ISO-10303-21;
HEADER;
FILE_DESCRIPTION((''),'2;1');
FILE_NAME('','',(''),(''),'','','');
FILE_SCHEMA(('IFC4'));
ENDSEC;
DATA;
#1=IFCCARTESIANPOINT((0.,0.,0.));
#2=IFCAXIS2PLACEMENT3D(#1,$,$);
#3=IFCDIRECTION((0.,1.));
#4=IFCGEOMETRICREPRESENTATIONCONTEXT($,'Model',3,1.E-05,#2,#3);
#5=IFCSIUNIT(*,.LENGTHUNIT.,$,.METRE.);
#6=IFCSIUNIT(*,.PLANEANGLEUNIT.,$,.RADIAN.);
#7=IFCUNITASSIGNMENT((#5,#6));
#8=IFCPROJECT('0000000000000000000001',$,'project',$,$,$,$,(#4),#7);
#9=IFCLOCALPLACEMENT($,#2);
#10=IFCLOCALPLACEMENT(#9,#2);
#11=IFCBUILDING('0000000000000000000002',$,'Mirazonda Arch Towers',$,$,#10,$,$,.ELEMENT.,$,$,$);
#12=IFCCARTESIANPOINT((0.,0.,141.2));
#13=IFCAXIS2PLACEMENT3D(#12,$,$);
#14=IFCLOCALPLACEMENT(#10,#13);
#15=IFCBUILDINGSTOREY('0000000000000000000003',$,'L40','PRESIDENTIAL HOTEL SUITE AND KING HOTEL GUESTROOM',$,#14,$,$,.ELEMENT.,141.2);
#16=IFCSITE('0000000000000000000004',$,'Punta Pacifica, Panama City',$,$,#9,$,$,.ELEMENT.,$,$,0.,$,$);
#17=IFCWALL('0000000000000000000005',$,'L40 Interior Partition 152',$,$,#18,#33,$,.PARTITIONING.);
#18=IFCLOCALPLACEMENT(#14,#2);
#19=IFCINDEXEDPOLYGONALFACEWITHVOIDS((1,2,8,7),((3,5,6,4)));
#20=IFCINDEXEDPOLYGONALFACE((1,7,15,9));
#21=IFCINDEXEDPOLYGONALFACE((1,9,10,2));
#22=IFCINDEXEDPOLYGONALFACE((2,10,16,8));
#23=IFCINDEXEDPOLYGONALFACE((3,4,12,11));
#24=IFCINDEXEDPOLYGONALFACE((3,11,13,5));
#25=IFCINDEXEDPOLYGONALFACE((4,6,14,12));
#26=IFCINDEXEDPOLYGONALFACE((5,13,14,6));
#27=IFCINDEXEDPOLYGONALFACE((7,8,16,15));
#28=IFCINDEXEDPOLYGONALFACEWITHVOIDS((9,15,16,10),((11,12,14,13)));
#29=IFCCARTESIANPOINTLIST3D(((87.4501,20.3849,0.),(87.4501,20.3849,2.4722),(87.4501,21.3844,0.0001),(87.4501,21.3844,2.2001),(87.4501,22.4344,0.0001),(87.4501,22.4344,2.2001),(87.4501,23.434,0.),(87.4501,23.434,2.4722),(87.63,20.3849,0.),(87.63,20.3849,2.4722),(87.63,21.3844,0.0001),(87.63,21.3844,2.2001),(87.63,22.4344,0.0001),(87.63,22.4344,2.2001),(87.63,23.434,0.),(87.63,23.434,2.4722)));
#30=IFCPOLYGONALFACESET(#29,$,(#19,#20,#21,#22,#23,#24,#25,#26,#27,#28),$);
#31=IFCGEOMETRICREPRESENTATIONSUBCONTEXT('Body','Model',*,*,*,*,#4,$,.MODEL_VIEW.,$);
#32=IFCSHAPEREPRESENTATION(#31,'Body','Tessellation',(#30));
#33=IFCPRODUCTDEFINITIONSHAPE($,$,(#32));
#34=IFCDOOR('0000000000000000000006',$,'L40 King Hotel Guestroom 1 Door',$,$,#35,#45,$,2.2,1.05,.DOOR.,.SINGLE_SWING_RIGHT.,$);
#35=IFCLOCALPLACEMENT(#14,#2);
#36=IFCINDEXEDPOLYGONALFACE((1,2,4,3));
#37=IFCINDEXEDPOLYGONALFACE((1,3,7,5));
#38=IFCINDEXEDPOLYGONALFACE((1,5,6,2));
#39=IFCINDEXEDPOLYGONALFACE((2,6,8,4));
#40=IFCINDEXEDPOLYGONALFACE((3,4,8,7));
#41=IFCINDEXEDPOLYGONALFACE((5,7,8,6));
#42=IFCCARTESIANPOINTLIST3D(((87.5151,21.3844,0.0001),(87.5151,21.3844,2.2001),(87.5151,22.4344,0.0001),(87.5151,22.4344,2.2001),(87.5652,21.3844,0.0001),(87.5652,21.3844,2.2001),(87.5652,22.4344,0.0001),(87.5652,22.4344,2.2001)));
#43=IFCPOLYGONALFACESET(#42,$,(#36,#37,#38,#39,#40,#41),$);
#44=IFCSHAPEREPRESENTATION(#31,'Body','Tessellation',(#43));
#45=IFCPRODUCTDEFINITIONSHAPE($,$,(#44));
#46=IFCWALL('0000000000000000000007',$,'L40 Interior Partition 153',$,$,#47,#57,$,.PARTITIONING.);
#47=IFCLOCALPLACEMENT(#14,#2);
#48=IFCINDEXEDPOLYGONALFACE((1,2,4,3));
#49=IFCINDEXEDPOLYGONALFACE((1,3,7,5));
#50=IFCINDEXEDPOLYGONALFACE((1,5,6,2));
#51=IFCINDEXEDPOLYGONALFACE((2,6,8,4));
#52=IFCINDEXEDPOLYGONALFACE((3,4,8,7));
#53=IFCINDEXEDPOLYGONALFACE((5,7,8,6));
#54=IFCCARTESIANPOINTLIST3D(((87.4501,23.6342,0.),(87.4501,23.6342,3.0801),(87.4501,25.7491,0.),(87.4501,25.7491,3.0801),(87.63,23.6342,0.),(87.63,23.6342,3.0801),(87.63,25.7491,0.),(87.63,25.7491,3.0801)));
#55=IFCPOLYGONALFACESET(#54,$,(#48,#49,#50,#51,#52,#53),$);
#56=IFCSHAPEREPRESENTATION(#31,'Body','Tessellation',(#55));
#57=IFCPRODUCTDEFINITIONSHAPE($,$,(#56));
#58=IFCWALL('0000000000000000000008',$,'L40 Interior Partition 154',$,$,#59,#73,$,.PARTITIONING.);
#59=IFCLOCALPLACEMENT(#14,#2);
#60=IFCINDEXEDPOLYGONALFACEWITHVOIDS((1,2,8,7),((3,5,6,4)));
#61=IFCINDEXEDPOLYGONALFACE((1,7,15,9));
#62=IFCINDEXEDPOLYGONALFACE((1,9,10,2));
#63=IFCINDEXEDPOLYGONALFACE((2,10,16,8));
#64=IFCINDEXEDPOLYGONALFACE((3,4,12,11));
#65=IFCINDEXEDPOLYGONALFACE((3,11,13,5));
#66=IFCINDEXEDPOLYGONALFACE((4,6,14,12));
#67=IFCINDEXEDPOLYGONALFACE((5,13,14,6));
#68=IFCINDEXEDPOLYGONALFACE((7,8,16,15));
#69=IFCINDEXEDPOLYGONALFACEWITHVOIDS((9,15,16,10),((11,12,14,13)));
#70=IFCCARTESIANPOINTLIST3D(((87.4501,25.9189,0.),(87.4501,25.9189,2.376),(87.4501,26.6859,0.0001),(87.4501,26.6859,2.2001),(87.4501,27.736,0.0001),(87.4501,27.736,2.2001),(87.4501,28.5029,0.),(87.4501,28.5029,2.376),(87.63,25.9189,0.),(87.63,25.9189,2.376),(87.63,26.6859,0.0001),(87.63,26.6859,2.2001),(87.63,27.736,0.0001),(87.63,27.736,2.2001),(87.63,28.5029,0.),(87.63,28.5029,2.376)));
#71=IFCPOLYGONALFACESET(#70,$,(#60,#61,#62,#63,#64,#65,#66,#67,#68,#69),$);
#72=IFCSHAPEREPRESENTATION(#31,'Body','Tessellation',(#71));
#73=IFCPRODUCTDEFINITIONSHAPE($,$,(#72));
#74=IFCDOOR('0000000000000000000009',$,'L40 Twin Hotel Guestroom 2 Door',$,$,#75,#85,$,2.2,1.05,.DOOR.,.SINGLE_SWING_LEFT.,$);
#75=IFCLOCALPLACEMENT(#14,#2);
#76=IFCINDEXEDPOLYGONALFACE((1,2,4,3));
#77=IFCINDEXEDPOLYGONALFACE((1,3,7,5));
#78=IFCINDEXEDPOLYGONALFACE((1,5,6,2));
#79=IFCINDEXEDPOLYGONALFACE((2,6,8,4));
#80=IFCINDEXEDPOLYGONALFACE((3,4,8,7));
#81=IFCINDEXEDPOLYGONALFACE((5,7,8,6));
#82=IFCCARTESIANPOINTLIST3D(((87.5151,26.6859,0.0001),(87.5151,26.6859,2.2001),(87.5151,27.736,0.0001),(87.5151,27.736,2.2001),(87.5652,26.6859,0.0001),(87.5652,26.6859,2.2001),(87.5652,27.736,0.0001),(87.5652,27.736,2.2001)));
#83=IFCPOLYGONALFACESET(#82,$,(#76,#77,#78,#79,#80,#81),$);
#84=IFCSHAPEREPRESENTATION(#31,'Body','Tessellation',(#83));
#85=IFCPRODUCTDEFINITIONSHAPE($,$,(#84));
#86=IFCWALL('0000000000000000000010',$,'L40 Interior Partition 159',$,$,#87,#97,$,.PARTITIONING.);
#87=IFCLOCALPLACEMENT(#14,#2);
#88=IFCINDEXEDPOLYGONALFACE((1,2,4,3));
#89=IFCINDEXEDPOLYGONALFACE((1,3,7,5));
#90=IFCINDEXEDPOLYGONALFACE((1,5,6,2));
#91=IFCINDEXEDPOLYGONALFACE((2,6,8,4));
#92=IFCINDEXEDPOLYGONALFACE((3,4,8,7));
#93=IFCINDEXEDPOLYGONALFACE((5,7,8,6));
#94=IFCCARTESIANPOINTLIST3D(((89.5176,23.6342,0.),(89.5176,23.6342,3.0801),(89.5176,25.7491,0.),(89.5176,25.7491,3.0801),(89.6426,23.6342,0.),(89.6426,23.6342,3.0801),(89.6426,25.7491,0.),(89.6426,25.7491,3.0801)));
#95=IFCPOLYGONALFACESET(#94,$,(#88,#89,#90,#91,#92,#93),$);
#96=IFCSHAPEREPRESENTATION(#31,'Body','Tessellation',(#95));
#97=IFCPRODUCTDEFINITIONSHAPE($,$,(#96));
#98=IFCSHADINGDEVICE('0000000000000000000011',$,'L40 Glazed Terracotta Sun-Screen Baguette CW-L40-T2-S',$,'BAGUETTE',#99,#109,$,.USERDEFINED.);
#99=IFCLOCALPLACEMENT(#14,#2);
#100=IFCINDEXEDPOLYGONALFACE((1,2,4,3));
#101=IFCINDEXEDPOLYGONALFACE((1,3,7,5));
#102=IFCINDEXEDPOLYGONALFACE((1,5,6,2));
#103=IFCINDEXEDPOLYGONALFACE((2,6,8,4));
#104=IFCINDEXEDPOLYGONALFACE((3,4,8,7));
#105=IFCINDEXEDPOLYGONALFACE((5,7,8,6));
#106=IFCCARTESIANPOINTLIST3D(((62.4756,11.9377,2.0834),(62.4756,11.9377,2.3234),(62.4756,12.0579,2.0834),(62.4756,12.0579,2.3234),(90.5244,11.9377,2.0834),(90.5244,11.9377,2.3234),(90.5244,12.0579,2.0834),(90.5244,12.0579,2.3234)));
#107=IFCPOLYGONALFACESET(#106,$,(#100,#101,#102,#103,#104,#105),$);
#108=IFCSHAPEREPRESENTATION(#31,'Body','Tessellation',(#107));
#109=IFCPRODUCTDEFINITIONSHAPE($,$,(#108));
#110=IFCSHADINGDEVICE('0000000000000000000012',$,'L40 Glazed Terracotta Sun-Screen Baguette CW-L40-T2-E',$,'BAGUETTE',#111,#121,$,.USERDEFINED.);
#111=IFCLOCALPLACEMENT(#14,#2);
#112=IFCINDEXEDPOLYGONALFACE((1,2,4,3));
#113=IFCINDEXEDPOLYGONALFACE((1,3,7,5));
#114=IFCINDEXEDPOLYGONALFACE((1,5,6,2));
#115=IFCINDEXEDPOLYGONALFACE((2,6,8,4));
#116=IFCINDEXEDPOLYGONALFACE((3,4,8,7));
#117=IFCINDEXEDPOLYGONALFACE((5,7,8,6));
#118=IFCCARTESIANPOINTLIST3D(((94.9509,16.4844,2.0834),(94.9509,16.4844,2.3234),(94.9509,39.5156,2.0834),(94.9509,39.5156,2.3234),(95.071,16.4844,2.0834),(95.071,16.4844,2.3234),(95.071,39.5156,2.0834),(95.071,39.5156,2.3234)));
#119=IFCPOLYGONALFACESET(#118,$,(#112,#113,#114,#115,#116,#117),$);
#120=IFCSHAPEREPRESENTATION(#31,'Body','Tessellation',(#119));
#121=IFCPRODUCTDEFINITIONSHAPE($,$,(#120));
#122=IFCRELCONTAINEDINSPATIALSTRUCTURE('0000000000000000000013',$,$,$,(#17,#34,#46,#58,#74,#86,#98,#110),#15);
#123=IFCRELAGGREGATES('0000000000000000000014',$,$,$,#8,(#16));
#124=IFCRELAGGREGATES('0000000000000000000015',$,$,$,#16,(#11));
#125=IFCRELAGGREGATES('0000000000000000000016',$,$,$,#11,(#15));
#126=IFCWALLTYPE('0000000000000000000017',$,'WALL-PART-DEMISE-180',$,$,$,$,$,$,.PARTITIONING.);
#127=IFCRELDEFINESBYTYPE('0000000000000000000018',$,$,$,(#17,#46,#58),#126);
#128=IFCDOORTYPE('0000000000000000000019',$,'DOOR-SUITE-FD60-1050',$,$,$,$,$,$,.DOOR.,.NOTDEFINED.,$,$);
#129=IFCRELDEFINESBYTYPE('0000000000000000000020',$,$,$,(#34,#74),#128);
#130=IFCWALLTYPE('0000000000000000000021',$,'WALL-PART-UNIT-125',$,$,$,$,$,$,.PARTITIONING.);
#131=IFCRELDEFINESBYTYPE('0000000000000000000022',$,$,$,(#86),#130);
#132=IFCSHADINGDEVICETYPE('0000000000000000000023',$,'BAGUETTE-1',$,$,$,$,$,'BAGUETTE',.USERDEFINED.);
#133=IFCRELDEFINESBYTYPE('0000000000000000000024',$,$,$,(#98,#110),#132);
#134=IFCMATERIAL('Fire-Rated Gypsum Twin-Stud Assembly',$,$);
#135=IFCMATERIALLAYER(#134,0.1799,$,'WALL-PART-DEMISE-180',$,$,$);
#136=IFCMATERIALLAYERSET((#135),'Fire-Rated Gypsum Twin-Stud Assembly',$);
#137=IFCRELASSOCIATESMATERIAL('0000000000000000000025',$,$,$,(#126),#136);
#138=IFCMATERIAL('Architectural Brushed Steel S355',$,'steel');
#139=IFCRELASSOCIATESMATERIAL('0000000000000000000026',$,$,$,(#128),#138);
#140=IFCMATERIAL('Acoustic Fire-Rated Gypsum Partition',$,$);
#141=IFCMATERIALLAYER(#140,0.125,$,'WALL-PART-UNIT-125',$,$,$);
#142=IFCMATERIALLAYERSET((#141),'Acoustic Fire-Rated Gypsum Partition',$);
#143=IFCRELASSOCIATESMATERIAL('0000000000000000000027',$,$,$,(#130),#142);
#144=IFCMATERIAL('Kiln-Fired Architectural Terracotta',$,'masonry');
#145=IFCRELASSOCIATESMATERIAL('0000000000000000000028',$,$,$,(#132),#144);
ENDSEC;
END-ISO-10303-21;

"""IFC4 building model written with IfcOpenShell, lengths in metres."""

from ifc_helpers import new_model, si_unit, direction, frame, frame_2d, origin, origin_2d, place, context, subcontext, project, spatial, rectangle, extrude, material, layer, layer_set, material_profile, profile_set, type_object, element, fill, save


model = new_model("IFC4")

# Units and contexts
model_context = context("Model", 3, precision=1e-05, world=origin(), true_north=direction((0.0, 1.0)))
body_context = subcontext(model_context, "Body", "Model", "MODEL_VIEW")
ifc_project = project(units=[si_unit("LENGTHUNIT", "METRE"), si_unit("PLANEANGLEUNIT", "RADIAN")], contexts=[model_context])

# Site, building, storey
site_placement = place(None, origin())
site = spatial("IfcSite", under=ifc_project, at=site_placement, Name="Punta Pacifica, Panama City", CompositionType="ELEMENT", RefElevation=0.0)
building_placement = place(site_placement, origin())
building = spatial("IfcBuilding", under=site, at=building_placement, Name="Mirazonda Arch Towers", CompositionType="ELEMENT")
storey_placement = place(building_placement, frame((0.0, 0.0, 141.2)))
storey = spatial("IfcBuildingStorey", under=building, at=storey_placement, Name="L40", Description="PRESIDENTIAL HOTEL SUITE AND KING HOTEL GUESTROOM", CompositionType="ELEMENT", Elevation=141.2)

# Shared definitions
ifc_material_1 = material(Name="Fire-Rated Gypsum Twin-Stud Assembly")
ifc_layer_1 = layer(ifc_material_1, 0.1799, Name="WALL-PART-DEMISE-180")
ifc_layer_set_1 = layer_set([ifc_layer_1], Name="Fire-Rated Gypsum Twin-Stud Assembly")
wall_type_1 = type_object("IfcWallType", Name="WALL-PART-DEMISE-180", PredefinedType="PARTITIONING", material=ifc_layer_set_1)

# Shared definitions
ifc_material_2 = material(Name="Architectural Brushed Steel S355", Category="steel")

# Wall, opening, door
wall_1_placement = place(storey_placement, frame((87.54, 20.385, 0.0), z_axis=(0.0, 0.0, 1.0), x_axis=(0.0, 1.0, 0.0)))
wall_1 = element("IfcWall", 1, at=wall_1_placement, inside=storey, type_object=wall_type_1, Name="L40 Interior Partition 152", PredefinedType="PARTITIONING", context=body_context, shape_type="SweptSolid", body=[
    extrude(rectangle(XDim=3.0491, YDim=0.1799, at=frame_2d((1.5244, 0.0))), origin(), (0.0, 0.0, 1.0), 2.4722),
])
opening_1_placement = place(wall_1_placement, frame((0.9995, 0.0, 0.0)))
opening_1 = element("IfcOpeningElement", 2, at=opening_1_placement, cuts=wall_1, PredefinedType="OPENING", context=body_context, shape_type="SweptSolid", body=[
    extrude(rectangle(XDim=1.05, YDim=2.2, at=frame_2d((0.5249, 1.1001))), frame((0.0, 0.0999, 0.0), z_axis=(0.0, -1.0, 0.0), x_axis=(1.0, 0.0, 0.0)), (0.0, 0.0, 1.0), 0.2),
])
door_type_1 = type_object("IfcDoorType", Name="DOOR-SUITE-FD60-1050", OperationType="NOTDEFINED", PredefinedType="DOOR", material=ifc_material_2)
door_1_placement = place(opening_1_placement, origin())
door_1 = element("IfcDoor", 3, at=door_1_placement, inside=storey, type_object=door_type_1, Name="L40 King Hotel Guestroom 1 Door", OperationType="SINGLE_SWING_RIGHT", OverallHeight=2.2, OverallWidth=1.05, PredefinedType="DOOR", context=body_context, shape_type="SweptSolid", body=[
    extrude(rectangle(XDim=1.05, YDim=2.2, at=frame_2d((0.5249, 1.1001))), frame((0.0, 0.0249, 0.0), z_axis=(0.0, -1.0, 0.0), x_axis=(1.0, 0.0, 0.0)), (0.0, 0.0, 1.0), 0.05),
])
fill(opening_1, door_1)

# Wall
wall_2_placement = place(storey_placement, frame((87.54, 23.634, 0.0), z_axis=(0.0, 0.0, 1.0), x_axis=(0.0, 1.0, 0.0)))
element("IfcWall", 4, at=wall_2_placement, inside=storey, type_object=wall_type_1, Name="L40 Interior Partition 153", PredefinedType="PARTITIONING", context=body_context, shape_type="SweptSolid", body=[
    extrude(rectangle(XDim=2.115, YDim=0.1799, at=frame_2d((1.0576, 0.0))), origin(), (0.0, 0.0, 1.0), 3.0801),
])

# Wall, opening, door
wall_3_placement = place(storey_placement, frame((87.54, 25.9189, 0.0), z_axis=(0.0, 0.0, 1.0), x_axis=(0.0, 1.0, 0.0)))
wall_3 = element("IfcWall", 5, at=wall_3_placement, inside=storey, type_object=wall_type_1, Name="L40 Interior Partition 154", PredefinedType="PARTITIONING", context=body_context, shape_type="SweptSolid", body=[
    extrude(rectangle(XDim=2.584, YDim=0.1799, at=frame_2d((1.292, 0.0))), origin(), (0.0, 0.0, 1.0), 2.376),
])
opening_2_placement = place(wall_3_placement, frame((0.7671, 0.0, 0.0)))
opening_2 = element("IfcOpeningElement", 6, at=opening_2_placement, cuts=wall_3, PredefinedType="OPENING", context=body_context, shape_type="SweptSolid", body=[
    extrude(rectangle(XDim=1.05, YDim=2.2, at=frame_2d((0.5249, 1.1001))), frame((0.0, 0.0999, 0.0), z_axis=(0.0, -1.0, 0.0), x_axis=(1.0, 0.0, 0.0)), (0.0, 0.0, 1.0), 0.2),
])
door_2_placement = place(opening_2_placement, origin())
door_2 = element("IfcDoor", 7, at=door_2_placement, inside=storey, type_object=door_type_1, Name="L40 Twin Hotel Guestroom 2 Door", OperationType="SINGLE_SWING_LEFT", OverallHeight=2.2, OverallWidth=1.05, PredefinedType="DOOR", context=body_context, shape_type="SweptSolid", body=[
    extrude(rectangle(XDim=1.05, YDim=2.2, at=frame_2d((0.5249, 1.1001))), frame((0.0, 0.0249, 0.0), z_axis=(0.0, -1.0, 0.0), x_axis=(1.0, 0.0, 0.0)), (0.0, 0.0, 1.0), 0.05),
])
fill(opening_2, door_2)

# Wall
ifc_material_3 = material(Name="Acoustic Fire-Rated Gypsum Partition")
ifc_layer_2 = layer(ifc_material_3, 0.125, Name="WALL-PART-UNIT-125")
ifc_layer_set_2 = layer_set([ifc_layer_2], Name="Acoustic Fire-Rated Gypsum Partition")
wall_type_2 = type_object("IfcWallType", Name="WALL-PART-UNIT-125", PredefinedType="PARTITIONING", material=ifc_layer_set_2)
wall_4_placement = place(storey_placement, frame((89.5801, 23.634, 0.0), z_axis=(0.0, 0.0, 1.0), x_axis=(0.0, 1.0, 0.0)))
element("IfcWall", 8, at=wall_4_placement, inside=storey, type_object=wall_type_2, Name="L40 Interior Partition 159", PredefinedType="PARTITIONING", context=body_context, shape_type="SweptSolid", body=[
    extrude(rectangle(XDim=2.115, YDim=0.125, at=frame_2d((1.0576, 0.0))), origin(), (0.0, 0.0, 1.0), 3.0801),
])

# Shading devices
ifc_material_4 = material(Name="Kiln-Fired Architectural Terracotta", Category="masonry")
ifc_material_profile_1 = material_profile(ifc_material_4, rectangle(XDim=0.1201, YDim=0.24, at=origin_2d()), Name="TERRA-BAG-120x240")
ifc_profile_set_1 = profile_set([ifc_material_profile_1], Name="Kiln-Fired Architectural Terracotta")
shading_device_type = type_object("IfcShadingDeviceType", Name="BAGUETTE-1", ElementType="BAGUETTE", PredefinedType="USERDEFINED", material=ifc_profile_set_1)
shading_device_1_placement = place(storey_placement, frame((90.5244, 11.9978, 2.2034), z_axis=(-1.0, 0.0, 0.0), x_axis=(0.0, -1.0, 0.0)))
element("IfcShadingDevice", 9, at=shading_device_1_placement, inside=storey, type_object=shading_device_type, Name="L40 Glazed Terracotta Sun-Screen Baguette CW-L40-T2-S", ObjectType="BAGUETTE", PredefinedType="USERDEFINED", context=body_context, shape_type="SweptSolid", body=[
    extrude(rectangle(XDim=0.1201, YDim=0.24, at=origin_2d()), origin(), (0.0, 0.0, 1.0), 28.0488),
])
shading_device_2_placement = place(storey_placement, frame((95.011, 16.4844, 2.2034), z_axis=(0.0, 1.0, 0.0), x_axis=(-1.0, 0.0, 0.0)))
element("IfcShadingDevice", 10, at=shading_device_2_placement, inside=storey, type_object=shading_device_type, Name="L40 Glazed Terracotta Sun-Screen Baguette CW-L40-T2-E", ObjectType="BAGUETTE", PredefinedType="USERDEFINED", context=body_context, shape_type="SweptSolid", body=[
    extrude(rectangle(XDim=0.1201, YDim=0.24, at=origin_2d()), origin(), (0.0, 0.0, 1.0), 23.0312),
])

save(model, "model.ifc")
